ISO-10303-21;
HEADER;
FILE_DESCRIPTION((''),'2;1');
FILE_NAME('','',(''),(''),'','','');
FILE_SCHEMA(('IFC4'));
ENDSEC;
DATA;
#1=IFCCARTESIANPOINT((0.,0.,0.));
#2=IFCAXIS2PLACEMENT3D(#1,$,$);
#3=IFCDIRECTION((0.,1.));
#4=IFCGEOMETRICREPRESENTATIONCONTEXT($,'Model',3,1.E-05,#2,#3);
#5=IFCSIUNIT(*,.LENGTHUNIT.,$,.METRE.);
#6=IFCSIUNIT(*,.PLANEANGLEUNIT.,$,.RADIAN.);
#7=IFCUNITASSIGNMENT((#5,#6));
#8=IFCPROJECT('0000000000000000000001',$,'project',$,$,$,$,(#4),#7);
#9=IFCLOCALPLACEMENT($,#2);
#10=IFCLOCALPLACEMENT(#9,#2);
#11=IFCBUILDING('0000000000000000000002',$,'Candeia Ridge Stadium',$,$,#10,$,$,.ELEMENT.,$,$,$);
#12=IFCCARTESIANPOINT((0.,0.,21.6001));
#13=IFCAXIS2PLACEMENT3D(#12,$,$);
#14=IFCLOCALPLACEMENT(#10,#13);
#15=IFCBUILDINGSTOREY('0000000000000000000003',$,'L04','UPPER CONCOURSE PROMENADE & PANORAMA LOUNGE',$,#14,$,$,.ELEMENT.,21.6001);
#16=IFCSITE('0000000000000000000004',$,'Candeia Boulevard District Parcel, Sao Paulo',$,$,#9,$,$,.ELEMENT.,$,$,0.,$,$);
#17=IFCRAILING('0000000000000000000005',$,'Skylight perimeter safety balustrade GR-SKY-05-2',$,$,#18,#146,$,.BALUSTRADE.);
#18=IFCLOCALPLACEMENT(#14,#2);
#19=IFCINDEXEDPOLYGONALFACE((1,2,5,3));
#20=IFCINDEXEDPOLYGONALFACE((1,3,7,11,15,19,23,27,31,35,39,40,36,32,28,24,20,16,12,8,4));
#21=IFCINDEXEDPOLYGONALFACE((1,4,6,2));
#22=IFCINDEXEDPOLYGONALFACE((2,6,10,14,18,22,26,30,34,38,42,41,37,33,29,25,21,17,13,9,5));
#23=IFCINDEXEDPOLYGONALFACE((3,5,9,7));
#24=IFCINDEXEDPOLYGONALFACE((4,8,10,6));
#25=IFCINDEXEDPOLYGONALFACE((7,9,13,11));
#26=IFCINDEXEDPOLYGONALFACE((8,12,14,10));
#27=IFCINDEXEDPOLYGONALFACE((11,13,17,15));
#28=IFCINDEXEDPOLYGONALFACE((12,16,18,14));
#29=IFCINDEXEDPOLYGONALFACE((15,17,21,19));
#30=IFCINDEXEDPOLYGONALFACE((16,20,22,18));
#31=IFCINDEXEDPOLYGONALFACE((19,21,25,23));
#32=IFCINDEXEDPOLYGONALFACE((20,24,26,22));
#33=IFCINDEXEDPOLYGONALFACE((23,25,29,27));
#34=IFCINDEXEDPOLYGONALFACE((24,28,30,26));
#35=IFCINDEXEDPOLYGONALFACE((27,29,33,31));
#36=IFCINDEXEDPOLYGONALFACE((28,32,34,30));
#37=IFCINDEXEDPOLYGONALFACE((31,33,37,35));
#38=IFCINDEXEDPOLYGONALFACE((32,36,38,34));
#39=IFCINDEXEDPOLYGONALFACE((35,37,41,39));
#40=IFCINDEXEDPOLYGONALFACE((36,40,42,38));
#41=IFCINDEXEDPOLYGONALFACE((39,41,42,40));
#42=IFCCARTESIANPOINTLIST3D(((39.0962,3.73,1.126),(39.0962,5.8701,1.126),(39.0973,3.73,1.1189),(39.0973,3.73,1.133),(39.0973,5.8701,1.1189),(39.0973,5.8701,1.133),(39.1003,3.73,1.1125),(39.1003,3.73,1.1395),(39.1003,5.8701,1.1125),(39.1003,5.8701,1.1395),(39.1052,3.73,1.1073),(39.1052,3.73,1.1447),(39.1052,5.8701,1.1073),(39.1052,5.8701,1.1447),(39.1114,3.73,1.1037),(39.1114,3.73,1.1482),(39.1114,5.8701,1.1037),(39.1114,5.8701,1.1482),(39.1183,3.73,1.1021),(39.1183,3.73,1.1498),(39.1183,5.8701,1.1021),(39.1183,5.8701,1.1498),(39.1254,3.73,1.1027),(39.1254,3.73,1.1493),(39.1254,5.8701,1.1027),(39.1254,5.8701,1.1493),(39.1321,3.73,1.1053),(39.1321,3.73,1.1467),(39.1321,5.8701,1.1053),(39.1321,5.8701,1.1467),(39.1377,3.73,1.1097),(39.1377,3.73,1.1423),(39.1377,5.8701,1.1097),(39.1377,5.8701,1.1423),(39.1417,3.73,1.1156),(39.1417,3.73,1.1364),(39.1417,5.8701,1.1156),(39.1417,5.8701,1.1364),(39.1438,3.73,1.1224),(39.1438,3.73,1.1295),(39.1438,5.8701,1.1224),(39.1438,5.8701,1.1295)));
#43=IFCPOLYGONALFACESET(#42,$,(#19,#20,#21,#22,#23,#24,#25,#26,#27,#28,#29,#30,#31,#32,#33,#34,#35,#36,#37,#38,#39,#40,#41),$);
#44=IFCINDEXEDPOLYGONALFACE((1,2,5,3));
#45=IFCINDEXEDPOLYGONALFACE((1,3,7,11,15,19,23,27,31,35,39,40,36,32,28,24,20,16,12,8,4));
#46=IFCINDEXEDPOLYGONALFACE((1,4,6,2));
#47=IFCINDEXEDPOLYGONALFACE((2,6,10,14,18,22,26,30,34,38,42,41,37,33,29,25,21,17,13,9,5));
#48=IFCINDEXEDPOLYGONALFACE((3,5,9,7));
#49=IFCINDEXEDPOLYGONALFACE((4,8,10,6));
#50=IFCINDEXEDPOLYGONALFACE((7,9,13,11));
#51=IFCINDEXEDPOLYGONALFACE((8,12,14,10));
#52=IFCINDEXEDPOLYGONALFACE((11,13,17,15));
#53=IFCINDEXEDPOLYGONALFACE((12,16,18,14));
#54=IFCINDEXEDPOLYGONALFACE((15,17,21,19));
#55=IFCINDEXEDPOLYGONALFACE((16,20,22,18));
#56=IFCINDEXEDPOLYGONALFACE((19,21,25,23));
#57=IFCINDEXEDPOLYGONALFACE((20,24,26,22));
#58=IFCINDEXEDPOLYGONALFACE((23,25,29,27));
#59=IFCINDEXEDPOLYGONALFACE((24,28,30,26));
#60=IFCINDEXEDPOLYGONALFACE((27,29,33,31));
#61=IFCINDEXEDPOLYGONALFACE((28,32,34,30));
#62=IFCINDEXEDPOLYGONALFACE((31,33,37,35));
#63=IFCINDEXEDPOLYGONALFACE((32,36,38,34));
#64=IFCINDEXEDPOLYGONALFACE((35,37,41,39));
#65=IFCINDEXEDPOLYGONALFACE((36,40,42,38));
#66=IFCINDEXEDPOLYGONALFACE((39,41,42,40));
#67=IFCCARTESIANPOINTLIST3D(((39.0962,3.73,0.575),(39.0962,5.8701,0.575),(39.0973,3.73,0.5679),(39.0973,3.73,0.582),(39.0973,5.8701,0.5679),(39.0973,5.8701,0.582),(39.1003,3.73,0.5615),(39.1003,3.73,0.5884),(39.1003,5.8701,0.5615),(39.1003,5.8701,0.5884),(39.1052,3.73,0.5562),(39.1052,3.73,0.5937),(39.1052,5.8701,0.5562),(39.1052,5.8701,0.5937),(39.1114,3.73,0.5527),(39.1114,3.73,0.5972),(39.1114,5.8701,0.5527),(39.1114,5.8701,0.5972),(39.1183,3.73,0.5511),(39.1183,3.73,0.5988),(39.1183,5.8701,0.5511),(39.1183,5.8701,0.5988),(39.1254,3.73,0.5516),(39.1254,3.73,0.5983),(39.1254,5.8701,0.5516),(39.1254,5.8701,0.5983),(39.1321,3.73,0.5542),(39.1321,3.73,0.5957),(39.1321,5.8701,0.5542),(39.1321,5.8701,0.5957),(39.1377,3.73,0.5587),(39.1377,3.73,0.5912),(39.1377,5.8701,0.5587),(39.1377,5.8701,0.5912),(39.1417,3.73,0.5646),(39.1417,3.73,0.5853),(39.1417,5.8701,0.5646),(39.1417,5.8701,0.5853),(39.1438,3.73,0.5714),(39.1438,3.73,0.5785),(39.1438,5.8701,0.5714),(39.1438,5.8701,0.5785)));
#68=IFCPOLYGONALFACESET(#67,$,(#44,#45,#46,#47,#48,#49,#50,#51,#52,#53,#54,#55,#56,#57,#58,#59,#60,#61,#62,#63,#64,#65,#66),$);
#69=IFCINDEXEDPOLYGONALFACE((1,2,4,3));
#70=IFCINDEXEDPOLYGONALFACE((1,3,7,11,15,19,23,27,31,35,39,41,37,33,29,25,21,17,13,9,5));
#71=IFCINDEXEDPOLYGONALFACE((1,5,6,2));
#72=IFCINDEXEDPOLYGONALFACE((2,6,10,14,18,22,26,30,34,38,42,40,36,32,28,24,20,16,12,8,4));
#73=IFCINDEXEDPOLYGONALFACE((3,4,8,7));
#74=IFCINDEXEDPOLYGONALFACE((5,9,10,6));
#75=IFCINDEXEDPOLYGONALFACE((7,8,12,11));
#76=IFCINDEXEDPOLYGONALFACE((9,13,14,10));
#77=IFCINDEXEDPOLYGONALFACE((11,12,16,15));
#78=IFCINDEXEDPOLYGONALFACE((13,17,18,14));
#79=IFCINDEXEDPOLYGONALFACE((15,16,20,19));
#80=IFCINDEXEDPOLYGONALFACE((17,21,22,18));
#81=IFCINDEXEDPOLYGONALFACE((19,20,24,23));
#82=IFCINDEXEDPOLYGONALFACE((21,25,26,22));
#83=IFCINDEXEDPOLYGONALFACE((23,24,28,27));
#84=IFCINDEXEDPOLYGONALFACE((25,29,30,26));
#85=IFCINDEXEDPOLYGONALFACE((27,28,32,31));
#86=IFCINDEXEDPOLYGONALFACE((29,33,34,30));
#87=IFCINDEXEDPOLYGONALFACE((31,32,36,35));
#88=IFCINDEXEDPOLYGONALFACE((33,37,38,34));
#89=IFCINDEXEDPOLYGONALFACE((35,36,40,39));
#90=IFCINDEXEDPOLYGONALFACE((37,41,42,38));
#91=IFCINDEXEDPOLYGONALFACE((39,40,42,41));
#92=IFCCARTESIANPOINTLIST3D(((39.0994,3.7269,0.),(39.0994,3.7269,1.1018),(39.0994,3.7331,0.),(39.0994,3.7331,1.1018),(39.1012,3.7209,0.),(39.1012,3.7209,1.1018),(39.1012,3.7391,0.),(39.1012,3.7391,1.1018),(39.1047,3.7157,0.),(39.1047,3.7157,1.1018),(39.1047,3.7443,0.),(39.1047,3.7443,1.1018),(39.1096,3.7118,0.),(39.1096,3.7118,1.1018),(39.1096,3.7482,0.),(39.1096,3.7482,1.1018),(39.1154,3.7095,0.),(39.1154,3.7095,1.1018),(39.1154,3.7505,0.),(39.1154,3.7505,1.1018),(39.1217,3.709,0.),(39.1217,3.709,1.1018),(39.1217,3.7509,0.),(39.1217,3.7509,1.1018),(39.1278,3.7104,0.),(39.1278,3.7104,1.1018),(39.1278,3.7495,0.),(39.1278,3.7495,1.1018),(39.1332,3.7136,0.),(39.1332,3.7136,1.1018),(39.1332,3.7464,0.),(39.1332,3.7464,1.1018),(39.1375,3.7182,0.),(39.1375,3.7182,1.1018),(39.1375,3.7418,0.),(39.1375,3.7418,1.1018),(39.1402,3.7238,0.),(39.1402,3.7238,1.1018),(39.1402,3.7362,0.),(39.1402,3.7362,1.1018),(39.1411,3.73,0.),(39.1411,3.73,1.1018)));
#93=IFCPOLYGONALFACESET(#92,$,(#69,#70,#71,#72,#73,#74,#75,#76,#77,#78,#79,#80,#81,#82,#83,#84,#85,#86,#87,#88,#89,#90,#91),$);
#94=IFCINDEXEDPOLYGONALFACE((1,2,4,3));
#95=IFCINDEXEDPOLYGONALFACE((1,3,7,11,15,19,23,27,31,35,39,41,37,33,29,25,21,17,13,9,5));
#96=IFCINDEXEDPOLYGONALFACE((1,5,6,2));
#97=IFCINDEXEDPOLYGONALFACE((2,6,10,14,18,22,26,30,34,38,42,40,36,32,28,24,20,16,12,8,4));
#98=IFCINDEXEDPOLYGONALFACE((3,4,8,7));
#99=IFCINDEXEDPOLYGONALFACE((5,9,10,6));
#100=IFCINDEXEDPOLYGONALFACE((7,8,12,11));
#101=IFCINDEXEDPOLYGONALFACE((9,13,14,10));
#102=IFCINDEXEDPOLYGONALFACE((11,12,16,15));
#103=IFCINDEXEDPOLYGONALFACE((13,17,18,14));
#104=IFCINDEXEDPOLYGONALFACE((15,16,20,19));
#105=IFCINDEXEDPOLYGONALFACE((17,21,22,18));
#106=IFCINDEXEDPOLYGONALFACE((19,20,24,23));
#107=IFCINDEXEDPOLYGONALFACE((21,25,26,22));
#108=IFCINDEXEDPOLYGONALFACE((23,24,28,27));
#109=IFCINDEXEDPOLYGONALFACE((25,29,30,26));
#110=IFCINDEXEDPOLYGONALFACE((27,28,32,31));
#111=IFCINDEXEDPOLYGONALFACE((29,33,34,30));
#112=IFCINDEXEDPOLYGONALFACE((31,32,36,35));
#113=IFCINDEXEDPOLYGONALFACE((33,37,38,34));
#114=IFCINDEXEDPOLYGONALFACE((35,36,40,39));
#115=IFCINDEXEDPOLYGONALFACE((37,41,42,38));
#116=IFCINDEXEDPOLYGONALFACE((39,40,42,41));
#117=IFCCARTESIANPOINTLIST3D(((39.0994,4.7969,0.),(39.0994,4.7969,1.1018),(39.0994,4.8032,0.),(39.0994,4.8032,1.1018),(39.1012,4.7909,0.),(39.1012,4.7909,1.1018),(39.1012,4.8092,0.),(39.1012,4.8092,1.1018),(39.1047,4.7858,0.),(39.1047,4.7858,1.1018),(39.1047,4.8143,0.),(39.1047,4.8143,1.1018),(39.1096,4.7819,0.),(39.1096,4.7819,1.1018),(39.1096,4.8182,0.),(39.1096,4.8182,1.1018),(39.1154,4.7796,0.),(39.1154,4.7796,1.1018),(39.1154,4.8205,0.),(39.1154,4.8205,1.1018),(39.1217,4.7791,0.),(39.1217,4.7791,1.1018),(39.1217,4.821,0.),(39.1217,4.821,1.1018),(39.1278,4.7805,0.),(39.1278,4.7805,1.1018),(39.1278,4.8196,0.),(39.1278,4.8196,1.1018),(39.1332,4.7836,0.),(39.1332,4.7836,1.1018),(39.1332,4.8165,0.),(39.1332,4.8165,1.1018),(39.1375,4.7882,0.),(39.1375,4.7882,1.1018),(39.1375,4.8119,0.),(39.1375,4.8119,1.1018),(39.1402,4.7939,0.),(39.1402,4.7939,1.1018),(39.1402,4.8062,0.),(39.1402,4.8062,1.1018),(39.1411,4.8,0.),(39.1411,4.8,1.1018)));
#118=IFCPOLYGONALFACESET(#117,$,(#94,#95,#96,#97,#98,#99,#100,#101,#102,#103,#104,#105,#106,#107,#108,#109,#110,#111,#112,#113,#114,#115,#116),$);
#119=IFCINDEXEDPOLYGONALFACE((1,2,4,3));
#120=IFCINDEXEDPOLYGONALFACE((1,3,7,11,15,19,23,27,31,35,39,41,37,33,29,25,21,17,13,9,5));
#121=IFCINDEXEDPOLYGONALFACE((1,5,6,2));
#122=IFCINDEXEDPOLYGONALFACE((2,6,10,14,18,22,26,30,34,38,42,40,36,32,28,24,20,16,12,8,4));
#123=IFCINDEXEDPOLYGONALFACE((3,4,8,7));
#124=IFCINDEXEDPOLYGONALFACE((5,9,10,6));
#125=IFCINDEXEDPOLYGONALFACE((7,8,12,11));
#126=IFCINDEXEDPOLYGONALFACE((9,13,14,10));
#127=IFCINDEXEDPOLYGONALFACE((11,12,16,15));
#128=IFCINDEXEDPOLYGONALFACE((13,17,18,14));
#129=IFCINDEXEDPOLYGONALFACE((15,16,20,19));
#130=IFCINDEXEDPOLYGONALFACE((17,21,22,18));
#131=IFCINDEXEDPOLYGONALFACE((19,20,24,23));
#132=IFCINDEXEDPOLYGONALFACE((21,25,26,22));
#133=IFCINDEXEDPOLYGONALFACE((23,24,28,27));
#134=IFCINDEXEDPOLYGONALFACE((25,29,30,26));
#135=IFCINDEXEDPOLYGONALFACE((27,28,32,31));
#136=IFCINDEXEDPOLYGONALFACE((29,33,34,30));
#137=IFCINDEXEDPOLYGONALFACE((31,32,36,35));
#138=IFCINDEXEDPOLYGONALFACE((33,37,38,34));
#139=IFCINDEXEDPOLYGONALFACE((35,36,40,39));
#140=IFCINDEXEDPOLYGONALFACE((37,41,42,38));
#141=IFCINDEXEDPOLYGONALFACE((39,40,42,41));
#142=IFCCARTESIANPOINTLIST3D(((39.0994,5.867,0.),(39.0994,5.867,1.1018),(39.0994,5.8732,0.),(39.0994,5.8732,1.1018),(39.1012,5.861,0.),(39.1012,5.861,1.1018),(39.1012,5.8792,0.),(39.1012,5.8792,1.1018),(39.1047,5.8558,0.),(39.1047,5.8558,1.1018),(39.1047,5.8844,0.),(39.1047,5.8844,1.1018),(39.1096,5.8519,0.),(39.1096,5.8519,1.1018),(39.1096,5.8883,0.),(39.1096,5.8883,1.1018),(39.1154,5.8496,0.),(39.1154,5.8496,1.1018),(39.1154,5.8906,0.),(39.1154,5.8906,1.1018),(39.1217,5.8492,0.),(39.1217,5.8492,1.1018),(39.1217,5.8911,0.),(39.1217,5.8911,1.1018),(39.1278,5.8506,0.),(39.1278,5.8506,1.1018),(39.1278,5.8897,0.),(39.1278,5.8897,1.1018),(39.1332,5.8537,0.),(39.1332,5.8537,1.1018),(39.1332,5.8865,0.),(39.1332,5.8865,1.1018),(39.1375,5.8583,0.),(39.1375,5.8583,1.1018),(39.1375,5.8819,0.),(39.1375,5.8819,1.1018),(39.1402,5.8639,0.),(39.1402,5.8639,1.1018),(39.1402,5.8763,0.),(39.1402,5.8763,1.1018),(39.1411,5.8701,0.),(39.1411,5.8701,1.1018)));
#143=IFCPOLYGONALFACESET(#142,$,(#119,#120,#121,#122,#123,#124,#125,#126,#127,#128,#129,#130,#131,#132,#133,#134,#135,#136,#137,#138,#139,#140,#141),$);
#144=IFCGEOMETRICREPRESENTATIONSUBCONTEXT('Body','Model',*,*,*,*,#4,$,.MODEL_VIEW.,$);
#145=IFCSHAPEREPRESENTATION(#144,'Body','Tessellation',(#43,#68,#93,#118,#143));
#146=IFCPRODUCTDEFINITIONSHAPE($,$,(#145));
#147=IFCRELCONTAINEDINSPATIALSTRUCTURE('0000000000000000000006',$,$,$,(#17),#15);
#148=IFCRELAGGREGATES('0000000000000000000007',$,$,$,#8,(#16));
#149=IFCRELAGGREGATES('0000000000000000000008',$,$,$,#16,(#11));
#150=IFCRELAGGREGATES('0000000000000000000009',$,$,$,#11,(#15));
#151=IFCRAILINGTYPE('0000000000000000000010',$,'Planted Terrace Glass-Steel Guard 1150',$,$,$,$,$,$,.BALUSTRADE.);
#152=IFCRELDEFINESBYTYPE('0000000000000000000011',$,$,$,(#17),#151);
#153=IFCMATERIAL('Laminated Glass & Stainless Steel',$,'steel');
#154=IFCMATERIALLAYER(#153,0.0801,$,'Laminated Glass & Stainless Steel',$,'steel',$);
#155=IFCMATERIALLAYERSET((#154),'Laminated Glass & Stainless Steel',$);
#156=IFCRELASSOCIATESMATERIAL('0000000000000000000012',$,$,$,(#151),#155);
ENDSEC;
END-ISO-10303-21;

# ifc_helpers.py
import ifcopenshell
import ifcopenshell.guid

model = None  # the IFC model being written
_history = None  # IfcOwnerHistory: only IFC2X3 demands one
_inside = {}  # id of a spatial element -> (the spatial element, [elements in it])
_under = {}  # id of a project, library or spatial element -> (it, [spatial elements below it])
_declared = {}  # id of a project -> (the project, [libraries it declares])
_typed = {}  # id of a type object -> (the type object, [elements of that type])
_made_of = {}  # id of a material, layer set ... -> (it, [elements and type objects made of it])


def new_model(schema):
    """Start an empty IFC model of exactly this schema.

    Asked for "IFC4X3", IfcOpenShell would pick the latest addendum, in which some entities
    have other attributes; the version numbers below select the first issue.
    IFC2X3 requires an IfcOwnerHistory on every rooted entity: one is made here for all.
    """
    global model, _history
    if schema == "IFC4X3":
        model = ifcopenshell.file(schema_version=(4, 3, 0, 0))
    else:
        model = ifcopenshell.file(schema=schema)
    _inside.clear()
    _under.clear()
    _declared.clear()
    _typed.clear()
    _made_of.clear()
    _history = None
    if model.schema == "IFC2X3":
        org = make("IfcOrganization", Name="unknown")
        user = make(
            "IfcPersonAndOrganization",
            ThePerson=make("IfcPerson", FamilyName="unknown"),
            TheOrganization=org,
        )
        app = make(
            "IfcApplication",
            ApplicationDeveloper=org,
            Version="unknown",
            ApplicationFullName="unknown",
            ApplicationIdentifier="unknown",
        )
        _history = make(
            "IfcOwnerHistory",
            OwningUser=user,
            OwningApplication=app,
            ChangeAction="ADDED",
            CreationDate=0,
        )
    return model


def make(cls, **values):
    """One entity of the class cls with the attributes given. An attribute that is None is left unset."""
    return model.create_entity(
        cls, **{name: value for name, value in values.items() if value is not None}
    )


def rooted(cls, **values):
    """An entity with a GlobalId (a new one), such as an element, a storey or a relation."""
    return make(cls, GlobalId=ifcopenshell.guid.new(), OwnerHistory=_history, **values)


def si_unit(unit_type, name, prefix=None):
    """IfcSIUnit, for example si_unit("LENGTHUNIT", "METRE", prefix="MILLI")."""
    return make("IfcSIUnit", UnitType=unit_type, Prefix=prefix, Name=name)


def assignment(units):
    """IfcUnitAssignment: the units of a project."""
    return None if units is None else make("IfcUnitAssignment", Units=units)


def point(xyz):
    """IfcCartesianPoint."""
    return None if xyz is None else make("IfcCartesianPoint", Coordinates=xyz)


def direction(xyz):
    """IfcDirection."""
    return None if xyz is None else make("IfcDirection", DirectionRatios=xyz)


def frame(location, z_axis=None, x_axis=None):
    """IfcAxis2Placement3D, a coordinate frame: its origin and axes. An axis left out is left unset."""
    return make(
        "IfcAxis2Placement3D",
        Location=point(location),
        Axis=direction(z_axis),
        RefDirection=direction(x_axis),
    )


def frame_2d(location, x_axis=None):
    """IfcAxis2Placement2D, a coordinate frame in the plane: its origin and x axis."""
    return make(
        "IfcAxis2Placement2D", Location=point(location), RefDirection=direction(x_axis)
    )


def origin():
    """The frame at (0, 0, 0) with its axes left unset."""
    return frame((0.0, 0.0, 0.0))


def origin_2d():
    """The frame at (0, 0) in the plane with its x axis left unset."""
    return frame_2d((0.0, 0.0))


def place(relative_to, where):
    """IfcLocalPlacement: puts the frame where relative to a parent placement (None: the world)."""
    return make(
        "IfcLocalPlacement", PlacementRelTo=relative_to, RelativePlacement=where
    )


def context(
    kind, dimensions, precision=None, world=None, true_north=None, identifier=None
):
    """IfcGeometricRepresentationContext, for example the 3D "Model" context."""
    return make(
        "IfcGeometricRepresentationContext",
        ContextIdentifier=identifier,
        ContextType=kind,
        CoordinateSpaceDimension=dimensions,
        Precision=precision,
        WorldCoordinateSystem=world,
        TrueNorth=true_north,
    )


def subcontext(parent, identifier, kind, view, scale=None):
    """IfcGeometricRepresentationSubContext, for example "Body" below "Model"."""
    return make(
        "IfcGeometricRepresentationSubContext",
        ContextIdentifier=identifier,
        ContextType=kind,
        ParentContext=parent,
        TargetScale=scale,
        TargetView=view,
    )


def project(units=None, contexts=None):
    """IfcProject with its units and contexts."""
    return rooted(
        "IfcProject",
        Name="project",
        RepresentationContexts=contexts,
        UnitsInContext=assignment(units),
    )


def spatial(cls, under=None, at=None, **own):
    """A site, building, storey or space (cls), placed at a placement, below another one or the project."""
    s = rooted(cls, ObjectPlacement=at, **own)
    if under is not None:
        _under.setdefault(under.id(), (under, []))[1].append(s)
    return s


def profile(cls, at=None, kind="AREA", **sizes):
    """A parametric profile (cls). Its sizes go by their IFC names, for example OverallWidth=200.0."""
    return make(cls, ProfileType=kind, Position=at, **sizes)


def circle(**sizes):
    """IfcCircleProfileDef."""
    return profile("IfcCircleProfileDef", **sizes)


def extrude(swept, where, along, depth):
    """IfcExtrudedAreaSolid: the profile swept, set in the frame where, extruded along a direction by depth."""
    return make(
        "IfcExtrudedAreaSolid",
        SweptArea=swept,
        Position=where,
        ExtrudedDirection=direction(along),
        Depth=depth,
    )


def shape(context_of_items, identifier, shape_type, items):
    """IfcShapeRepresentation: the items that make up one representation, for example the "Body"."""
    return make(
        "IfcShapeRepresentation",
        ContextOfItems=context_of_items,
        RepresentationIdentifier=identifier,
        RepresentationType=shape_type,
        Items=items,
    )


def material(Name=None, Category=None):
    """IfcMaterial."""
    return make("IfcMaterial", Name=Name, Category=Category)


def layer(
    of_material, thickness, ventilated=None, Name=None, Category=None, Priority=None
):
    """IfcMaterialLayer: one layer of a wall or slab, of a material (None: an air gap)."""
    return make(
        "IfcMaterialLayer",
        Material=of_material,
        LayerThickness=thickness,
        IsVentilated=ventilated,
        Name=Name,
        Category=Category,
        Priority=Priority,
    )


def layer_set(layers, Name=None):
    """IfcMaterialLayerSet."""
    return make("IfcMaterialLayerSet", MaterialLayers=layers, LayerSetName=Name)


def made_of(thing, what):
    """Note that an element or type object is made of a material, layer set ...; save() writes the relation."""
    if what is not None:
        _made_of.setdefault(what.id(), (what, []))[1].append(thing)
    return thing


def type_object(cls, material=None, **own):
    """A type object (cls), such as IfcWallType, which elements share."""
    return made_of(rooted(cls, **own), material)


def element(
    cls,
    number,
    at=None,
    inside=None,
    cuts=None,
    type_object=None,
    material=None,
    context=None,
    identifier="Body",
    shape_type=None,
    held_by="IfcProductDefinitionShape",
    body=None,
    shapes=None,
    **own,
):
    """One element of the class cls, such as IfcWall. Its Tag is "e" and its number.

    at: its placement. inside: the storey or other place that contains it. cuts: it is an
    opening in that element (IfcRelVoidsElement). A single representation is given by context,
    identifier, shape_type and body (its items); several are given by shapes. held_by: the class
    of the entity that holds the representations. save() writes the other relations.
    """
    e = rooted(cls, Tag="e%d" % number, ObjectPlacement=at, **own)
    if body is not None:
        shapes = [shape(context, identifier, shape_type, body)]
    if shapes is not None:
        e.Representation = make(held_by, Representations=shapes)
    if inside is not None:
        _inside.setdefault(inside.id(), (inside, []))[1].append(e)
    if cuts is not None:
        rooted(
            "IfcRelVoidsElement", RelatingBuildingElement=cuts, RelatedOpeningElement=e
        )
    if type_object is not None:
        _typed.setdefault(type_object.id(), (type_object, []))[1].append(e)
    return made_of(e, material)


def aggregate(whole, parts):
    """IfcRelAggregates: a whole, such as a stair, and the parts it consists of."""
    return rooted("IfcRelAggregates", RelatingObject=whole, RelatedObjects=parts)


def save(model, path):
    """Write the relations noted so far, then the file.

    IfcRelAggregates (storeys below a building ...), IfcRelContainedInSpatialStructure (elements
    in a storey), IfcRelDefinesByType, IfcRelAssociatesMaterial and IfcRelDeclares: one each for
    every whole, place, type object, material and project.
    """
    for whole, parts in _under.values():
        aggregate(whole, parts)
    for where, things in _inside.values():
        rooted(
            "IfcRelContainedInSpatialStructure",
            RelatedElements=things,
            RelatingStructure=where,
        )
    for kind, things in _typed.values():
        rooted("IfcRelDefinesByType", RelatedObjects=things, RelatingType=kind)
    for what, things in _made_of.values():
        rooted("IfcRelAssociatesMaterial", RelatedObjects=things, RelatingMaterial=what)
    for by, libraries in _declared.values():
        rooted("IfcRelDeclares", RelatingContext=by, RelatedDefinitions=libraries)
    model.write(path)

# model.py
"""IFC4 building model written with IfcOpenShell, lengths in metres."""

from ifc_helpers import new_model, si_unit, direction, frame, origin, origin_2d, place, context, subcontext, project, spatial, circle, extrude, material, layer, layer_set, type_object, element, save


model = new_model("IFC4")

# Units and contexts
model_context = context("Model", 3, precision=1e-05, world=origin(), true_north=direction((0.0, 1.0)))
body_context = subcontext(model_context, "Body", "Model", "MODEL_VIEW")
ifc_project = project(units=[si_unit("LENGTHUNIT", "METRE"), si_unit("PLANEANGLEUNIT", "RADIAN")], contexts=[model_context])

# Site, building, storey
site_placement = place(None, origin())
site = spatial("IfcSite", under=ifc_project, at=site_placement, Name="Candeia Boulevard District Parcel, Sao Paulo", CompositionType="ELEMENT", RefElevation=0.0)
building_placement = place(site_placement, origin())
building = spatial("IfcBuilding", under=site, at=building_placement, Name="Candeia Ridge Stadium", CompositionType="ELEMENT")
storey_placement = place(building_placement, frame((0.0, 0.0, 21.6001)))
storey = spatial("IfcBuildingStorey", under=building, at=storey_placement, Name="L04", Description="UPPER CONCOURSE PROMENADE & PANORAMA LOUNGE", CompositionType="ELEMENT", Elevation=21.6001)

# Railing
ifc_material_1 = material(Name="Laminated Glass & Stainless Steel", Category="steel")
ifc_layer_1 = layer(ifc_material_1, 0.0801, Name="Laminated Glass & Stainless Steel", Category="steel")
ifc_layer_set_1 = layer_set([ifc_layer_1], Name="Laminated Glass & Stainless Steel")
railing_type_1 = type_object("IfcRailingType", Name="Planted Terrace Glass-Steel Guard 1150", PredefinedType="BALUSTRADE", material=ifc_layer_set_1)
railing_1_placement = place(storey_placement, frame((39.1201, 3.73, 0.0)))
element("IfcRailing", 1, at=railing_1_placement, inside=storey, type_object=railing_type_1, Name="Skylight perimeter safety balustrade GR-SKY-05-2", PredefinedType="BALUSTRADE", context=body_context, shape_type="SweptSolid", body=[
    extrude(circle(Radius=0.0239, at=origin_2d()), frame((0.0, 0.0, 1.126), z_axis=(0.0, 1.0, 0.0), x_axis=(-1.0, 0.0, 0.0)), (0.0, 0.0, 1.0), 2.1401),
    extrude(circle(Radius=0.0239, at=origin_2d()), frame((0.0, 0.0, 0.575), z_axis=(0.0, 1.0, 0.0), x_axis=(-1.0, 0.0, 0.0)), (0.0, 0.0, 1.0), 2.1401),
    extrude(circle(Radius=0.021, at=origin_2d()), origin(), (0.0, 0.0, 1.0), 1.1018),
    extrude(circle(Radius=0.021, at=origin_2d()), frame((0.0, 1.0701, 0.0)), (0.0, 0.0, 1.0), 1.1018),
    extrude(circle(Radius=0.021, at=origin_2d()), frame((0.0, 2.1401, 0.0)), (0.0, 0.0, 1.0), 1.1018),
])

save(model, "model.ifc")
